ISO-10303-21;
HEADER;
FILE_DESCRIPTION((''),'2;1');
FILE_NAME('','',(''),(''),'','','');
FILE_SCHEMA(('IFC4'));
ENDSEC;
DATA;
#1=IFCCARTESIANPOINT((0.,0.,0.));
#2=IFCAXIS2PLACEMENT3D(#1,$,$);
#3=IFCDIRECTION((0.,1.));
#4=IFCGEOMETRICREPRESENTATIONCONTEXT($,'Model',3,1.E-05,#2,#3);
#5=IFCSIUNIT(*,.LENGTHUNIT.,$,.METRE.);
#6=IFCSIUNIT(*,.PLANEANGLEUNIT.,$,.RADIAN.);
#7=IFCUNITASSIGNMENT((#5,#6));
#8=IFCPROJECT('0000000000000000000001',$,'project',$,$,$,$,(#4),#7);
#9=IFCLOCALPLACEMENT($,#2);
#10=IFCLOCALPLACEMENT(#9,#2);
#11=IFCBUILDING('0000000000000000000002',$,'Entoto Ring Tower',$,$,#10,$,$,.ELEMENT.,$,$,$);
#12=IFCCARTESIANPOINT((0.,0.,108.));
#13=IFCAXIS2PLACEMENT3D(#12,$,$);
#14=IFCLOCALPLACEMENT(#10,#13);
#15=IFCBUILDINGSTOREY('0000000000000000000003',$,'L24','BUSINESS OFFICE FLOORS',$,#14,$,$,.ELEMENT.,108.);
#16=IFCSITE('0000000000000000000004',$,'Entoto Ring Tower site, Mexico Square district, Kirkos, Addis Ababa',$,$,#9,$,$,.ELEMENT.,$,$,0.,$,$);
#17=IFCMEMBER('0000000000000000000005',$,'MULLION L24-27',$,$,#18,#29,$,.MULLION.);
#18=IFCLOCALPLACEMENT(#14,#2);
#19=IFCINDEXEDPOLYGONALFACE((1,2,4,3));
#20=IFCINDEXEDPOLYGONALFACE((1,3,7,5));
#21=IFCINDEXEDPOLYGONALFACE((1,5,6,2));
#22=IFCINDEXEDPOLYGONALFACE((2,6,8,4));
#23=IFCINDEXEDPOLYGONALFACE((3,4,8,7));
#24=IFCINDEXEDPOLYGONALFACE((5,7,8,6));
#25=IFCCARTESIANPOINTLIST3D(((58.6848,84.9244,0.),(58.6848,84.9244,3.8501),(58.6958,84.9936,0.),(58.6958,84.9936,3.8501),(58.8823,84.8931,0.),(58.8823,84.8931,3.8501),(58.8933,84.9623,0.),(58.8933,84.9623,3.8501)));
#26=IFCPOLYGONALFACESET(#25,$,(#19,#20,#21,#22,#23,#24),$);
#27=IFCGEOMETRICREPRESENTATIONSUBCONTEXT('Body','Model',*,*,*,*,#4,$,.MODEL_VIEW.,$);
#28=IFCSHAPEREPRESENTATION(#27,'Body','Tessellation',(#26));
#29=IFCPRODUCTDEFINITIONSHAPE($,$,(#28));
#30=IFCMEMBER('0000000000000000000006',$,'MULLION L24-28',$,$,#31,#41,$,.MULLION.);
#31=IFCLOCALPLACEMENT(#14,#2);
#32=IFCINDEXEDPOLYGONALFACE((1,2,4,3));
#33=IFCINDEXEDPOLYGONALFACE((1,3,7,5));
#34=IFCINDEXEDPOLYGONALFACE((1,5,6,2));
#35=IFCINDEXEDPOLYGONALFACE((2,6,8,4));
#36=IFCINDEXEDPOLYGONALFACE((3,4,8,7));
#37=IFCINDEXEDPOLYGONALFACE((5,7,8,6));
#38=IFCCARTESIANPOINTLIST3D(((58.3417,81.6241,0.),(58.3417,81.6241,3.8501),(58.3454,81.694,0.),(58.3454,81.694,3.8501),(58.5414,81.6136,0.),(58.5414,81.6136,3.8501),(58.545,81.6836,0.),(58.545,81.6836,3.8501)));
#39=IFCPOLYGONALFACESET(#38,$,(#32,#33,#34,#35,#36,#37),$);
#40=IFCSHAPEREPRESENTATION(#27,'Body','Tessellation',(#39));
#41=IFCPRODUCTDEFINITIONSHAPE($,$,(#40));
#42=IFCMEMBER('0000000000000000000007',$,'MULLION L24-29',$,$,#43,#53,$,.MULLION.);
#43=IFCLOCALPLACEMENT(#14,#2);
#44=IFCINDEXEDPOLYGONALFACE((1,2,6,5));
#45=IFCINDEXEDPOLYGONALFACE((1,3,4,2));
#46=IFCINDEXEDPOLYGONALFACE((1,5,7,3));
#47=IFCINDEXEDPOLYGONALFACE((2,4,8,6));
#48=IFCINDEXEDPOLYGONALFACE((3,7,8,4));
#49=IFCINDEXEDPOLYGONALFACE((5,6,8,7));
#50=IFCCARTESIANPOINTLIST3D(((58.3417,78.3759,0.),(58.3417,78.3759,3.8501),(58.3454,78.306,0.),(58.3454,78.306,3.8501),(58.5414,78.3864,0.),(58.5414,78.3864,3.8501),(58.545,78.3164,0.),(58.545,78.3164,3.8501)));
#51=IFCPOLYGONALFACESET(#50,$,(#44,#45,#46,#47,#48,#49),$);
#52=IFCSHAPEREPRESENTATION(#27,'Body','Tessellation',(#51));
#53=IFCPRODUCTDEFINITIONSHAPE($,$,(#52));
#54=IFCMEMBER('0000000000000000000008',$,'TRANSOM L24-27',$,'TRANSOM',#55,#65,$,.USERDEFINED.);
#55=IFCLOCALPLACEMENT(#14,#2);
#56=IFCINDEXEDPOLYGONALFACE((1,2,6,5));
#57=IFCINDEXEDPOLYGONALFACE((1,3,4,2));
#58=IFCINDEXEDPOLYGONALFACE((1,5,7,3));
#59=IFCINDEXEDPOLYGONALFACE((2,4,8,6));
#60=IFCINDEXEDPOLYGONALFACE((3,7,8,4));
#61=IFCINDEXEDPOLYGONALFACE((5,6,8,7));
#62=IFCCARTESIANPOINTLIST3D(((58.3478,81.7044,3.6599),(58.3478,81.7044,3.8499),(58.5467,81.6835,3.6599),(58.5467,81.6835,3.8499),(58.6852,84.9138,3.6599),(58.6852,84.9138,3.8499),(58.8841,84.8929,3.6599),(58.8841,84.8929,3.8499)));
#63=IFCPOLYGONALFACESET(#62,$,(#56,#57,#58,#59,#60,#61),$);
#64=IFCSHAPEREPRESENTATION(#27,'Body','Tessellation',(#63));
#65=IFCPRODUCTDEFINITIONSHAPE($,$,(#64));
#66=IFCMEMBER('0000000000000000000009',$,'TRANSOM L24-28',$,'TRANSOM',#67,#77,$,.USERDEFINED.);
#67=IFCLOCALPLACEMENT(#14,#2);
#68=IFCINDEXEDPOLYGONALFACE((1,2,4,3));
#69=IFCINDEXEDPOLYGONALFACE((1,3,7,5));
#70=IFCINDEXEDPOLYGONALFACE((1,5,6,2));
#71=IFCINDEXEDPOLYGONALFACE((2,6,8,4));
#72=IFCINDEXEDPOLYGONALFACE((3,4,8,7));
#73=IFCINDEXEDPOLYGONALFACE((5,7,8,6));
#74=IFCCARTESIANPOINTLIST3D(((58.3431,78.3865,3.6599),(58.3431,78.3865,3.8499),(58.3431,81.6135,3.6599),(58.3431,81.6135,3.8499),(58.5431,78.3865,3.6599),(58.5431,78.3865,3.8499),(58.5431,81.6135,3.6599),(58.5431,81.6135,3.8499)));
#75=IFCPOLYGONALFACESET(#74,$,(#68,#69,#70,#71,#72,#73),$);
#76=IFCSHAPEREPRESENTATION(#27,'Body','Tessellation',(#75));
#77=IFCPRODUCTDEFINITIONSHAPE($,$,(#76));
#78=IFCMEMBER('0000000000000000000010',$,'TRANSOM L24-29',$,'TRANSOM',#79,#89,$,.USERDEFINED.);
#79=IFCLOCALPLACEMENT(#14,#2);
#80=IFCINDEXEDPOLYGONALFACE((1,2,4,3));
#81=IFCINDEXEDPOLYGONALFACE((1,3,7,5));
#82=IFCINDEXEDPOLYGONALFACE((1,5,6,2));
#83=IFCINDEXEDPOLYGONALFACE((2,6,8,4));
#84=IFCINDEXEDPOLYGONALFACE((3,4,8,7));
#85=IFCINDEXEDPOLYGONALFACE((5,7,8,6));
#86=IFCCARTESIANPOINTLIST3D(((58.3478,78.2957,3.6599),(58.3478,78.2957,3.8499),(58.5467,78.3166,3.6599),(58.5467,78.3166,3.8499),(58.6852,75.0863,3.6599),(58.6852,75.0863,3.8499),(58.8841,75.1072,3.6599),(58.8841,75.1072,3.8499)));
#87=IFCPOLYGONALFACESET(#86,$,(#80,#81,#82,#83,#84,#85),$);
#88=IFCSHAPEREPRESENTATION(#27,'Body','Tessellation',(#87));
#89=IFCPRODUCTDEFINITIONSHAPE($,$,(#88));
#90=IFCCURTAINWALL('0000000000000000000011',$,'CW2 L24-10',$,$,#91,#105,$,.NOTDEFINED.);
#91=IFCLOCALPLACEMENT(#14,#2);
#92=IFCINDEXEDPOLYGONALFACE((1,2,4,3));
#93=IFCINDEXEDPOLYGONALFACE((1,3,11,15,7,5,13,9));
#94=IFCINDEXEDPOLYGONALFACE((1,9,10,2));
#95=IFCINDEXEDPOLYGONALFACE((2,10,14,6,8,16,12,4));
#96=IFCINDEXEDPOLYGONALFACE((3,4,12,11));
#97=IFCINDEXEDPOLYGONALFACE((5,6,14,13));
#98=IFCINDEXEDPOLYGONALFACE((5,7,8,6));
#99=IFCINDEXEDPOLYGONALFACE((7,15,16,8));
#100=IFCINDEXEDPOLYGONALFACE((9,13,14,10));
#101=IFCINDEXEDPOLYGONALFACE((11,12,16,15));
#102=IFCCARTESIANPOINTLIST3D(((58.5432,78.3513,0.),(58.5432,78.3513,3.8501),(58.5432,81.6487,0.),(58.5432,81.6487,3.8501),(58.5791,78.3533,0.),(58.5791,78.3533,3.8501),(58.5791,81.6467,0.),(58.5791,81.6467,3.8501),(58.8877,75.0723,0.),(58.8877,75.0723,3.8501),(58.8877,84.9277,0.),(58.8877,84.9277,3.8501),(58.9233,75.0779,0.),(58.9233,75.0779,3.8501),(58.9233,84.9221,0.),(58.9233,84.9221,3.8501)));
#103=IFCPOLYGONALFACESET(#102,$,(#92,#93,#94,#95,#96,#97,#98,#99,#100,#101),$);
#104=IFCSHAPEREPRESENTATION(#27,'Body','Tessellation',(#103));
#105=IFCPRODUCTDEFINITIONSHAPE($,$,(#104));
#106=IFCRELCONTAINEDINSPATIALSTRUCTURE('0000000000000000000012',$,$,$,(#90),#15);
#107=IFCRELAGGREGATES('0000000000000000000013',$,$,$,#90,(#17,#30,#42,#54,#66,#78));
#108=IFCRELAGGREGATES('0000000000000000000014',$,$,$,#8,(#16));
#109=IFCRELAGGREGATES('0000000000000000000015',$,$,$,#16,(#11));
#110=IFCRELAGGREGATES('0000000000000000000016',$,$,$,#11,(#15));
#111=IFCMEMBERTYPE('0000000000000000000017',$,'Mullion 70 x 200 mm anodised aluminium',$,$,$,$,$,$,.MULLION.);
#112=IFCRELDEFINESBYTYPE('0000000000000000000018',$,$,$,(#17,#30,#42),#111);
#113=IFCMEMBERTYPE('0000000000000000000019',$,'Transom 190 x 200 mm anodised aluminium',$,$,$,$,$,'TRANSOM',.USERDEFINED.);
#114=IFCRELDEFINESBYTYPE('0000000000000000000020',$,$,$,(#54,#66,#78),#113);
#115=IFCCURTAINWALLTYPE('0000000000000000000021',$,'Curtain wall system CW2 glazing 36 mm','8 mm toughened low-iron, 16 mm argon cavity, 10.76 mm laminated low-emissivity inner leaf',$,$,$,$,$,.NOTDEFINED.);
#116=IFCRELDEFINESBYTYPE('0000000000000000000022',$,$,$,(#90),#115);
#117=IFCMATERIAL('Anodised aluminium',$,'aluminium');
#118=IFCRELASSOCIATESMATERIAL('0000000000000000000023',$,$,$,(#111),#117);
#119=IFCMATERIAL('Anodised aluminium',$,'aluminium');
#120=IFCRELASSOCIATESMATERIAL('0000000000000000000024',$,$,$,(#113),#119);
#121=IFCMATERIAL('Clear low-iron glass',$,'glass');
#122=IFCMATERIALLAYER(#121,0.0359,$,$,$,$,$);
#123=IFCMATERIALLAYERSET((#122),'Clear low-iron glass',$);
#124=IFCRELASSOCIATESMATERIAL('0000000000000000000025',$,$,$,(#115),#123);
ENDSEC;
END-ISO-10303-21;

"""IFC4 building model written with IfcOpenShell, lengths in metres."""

from ifc_helpers import new_model, si_unit, direction, frame, origin, origin_2d, place, context, subcontext, project, spatial, polyline, rectangle, outline, extrude, material, layer, layer_set, material_profile, profile_set, type_object, element, aggregate, save


model = new_model("IFC4")

# Units and contexts
model_context = context("Model", 3, precision=1e-05, world=origin(), true_north=direction((0.0, 1.0)))
body_context = subcontext(model_context, "Body", "Model", "MODEL_VIEW")
ifc_project = project(units=[si_unit("LENGTHUNIT", "METRE"), si_unit("PLANEANGLEUNIT", "RADIAN")], contexts=[model_context])

# Members
ifc_material_1 = material(Name="Anodised aluminium", Category="aluminium")
ifc_material_profile_1 = material_profile(ifc_material_1, rectangle(XDim=0.0701, YDim=0.2, at=origin_2d()), Name="Mullion 70 x 200 mm anodised aluminium")
ifc_profile_set_1 = profile_set([ifc_material_profile_1], Name="Anodised aluminium")
member_type_1 = type_object("IfcMemberType", Name="Mullion 70 x 200 mm anodised aluminium", PredefinedType="MULLION", material=ifc_profile_set_1)
site_placement = place(None, origin())
building_placement = place(site_placement, origin())
storey_placement = place(building_placement, frame((0.0, 0.0, 108.0)))
member_1_placement = place(storey_placement, frame((58.7891, 84.9434, 0.0), z_axis=(0.0, 0.0, 1.0), x_axis=(-0.156434, -0.987688, 0.0)))
member_1 = element("IfcMember", 1, at=member_1_placement, type_object=member_type_1, Name="MULLION L24-27", PredefinedType="MULLION", context=body_context, shape_type="SweptSolid", body=[
    extrude(rectangle(XDim=0.0701, YDim=0.2, at=origin_2d()), origin(), (0.0, 0.0, 1.0), 3.8501),
])
member_2_placement = place(storey_placement, frame((58.4434, 81.6538, 0.0), z_axis=(0.0, 0.0, 1.0), x_axis=(-0.052336, -0.99863, 0.0)))
member_2 = element("IfcMember", 2, at=member_2_placement, type_object=member_type_1, Name="MULLION L24-28", PredefinedType="MULLION", context=body_context, shape_type="SweptSolid", body=[
    extrude(rectangle(XDim=0.0701, YDim=0.2, at=origin_2d()), origin(), (0.0, 0.0, 1.0), 3.8501),
])
member_3_placement = place(storey_placement, frame((58.4434, 78.3462, 0.0), z_axis=(0.0, 0.0, 1.0), x_axis=(0.052336, -0.99863, 0.0)))
member_3 = element("IfcMember", 3, at=member_3_placement, type_object=member_type_1, Name="MULLION L24-29", PredefinedType="MULLION", context=body_context, shape_type="SweptSolid", body=[
    extrude(rectangle(XDim=0.0701, YDim=0.2, at=origin_2d()), origin(), (0.0, 0.0, 1.0), 3.8501),
])
ifc_material_2 = material(Name="Anodised aluminium", Category="aluminium")
ifc_material_profile_2 = material_profile(ifc_material_2, rectangle(XDim=0.2, YDim=0.1899, at=origin_2d()), Name="Transom 190 x 200 mm anodised aluminium")
ifc_profile_set_2 = profile_set([ifc_material_profile_2], Name="Anodised aluminium")
member_type_2 = type_object("IfcMemberType", Name="Transom 190 x 200 mm anodised aluminium", ElementType="TRANSOM", PredefinedType="USERDEFINED", material=ifc_profile_set_2)
member_4_placement = place(storey_placement, frame((58.7847, 84.9033, 3.7549), z_axis=(-0.104551, -0.99452, 0.0), x_axis=(0.99452, -0.104551, 0.0)))
member_4 = element("IfcMember", 4, at=member_4_placement, type_object=member_type_2, Name="TRANSOM L24-27", ObjectType="TRANSOM", PredefinedType="USERDEFINED", context=body_context, shape_type="SweptSolid", body=[
    extrude(rectangle(XDim=0.2, YDim=0.1899, at=origin_2d()), origin(), (0.0, 0.0, 1.0), 3.2271),
])
member_5_placement = place(storey_placement, frame((58.4431, 81.6135, 3.7549), z_axis=(0.0, -1.0, 0.0), x_axis=(1.0, 0.0, 0.0)))
member_5 = element("IfcMember", 5, at=member_5_placement, type_object=member_type_2, Name="TRANSOM L24-28", ObjectType="TRANSOM", PredefinedType="USERDEFINED", context=body_context, shape_type="SweptSolid", body=[
    extrude(rectangle(XDim=0.2, YDim=0.1899, at=origin_2d()), origin(), (0.0, 0.0, 1.0), 3.2271),
])
member_6_placement = place(storey_placement, frame((58.4473, 78.3062, 3.7549), z_axis=(0.104551, -0.99452, 0.0), x_axis=(0.99452, 0.104551, 0.0)))
member_6 = element("IfcMember", 6, at=member_6_placement, type_object=member_type_2, Name="TRANSOM L24-29", ObjectType="TRANSOM", PredefinedType="USERDEFINED", context=body_context, shape_type="SweptSolid", body=[
    extrude(rectangle(XDim=0.2, YDim=0.1899, at=origin_2d()), origin(), (0.0, 0.0, 1.0), 3.2271),
])

# Site, building, storey
site = spatial("IfcSite", under=ifc_project, at=site_placement, Name="Entoto Ring Tower site, Mexico Square district, Kirkos, Addis Ababa", CompositionType="ELEMENT", RefElevation=0.0)
building = spatial("IfcBuilding", under=site, at=building_placement, Name="Entoto Ring Tower", CompositionType="ELEMENT")
storey = spatial("IfcBuildingStorey", under=building, at=storey_placement, Name="L24", Description="BUSINESS OFFICE FLOORS", CompositionType="ELEMENT", Elevation=108.0)

# Curtain wall
ifc_material_3 = material(Name="Clear low-iron glass", Category="glass")
ifc_layer = layer(ifc_material_3, 0.0359)
ifc_layer_set = layer_set([ifc_layer], Name="Clear low-iron glass")
curtain_wall_type = type_object("IfcCurtainWallType", Name="Curtain wall system CW2 glazing 36 mm", Description="8 mm toughened low-iron, 16 mm argon cavity, 10.76 mm laminated low-emissivity inner leaf", PredefinedType="NOTDEFINED", material=ifc_layer_set)
curtain_wall_1_placement = place(storey_placement, origin())
curtain_wall_1 = element("IfcCurtainWall", 7, at=curtain_wall_1_placement, inside=storey, type_object=curtain_wall_type, Name="CW2 L24-10", PredefinedType="NOTDEFINED", context=body_context, shape_type="SweptSolid", body=[
    extrude(outline(polyline([(58.8877, 84.9277), (58.5432, 81.6487), (58.5432, 78.3513), (58.8877, 75.0723), (58.9233, 75.0779), (58.5791, 78.3533), (58.5791, 81.6467), (58.9233, 84.9221), (58.8877, 84.9277)])), origin(), (0.0, 0.0, 1.0), 3.8501),
])
aggregate(curtain_wall_1, [member_1, member_2, member_3, member_4, member_5, member_6])

save(model, "model.ifc")
